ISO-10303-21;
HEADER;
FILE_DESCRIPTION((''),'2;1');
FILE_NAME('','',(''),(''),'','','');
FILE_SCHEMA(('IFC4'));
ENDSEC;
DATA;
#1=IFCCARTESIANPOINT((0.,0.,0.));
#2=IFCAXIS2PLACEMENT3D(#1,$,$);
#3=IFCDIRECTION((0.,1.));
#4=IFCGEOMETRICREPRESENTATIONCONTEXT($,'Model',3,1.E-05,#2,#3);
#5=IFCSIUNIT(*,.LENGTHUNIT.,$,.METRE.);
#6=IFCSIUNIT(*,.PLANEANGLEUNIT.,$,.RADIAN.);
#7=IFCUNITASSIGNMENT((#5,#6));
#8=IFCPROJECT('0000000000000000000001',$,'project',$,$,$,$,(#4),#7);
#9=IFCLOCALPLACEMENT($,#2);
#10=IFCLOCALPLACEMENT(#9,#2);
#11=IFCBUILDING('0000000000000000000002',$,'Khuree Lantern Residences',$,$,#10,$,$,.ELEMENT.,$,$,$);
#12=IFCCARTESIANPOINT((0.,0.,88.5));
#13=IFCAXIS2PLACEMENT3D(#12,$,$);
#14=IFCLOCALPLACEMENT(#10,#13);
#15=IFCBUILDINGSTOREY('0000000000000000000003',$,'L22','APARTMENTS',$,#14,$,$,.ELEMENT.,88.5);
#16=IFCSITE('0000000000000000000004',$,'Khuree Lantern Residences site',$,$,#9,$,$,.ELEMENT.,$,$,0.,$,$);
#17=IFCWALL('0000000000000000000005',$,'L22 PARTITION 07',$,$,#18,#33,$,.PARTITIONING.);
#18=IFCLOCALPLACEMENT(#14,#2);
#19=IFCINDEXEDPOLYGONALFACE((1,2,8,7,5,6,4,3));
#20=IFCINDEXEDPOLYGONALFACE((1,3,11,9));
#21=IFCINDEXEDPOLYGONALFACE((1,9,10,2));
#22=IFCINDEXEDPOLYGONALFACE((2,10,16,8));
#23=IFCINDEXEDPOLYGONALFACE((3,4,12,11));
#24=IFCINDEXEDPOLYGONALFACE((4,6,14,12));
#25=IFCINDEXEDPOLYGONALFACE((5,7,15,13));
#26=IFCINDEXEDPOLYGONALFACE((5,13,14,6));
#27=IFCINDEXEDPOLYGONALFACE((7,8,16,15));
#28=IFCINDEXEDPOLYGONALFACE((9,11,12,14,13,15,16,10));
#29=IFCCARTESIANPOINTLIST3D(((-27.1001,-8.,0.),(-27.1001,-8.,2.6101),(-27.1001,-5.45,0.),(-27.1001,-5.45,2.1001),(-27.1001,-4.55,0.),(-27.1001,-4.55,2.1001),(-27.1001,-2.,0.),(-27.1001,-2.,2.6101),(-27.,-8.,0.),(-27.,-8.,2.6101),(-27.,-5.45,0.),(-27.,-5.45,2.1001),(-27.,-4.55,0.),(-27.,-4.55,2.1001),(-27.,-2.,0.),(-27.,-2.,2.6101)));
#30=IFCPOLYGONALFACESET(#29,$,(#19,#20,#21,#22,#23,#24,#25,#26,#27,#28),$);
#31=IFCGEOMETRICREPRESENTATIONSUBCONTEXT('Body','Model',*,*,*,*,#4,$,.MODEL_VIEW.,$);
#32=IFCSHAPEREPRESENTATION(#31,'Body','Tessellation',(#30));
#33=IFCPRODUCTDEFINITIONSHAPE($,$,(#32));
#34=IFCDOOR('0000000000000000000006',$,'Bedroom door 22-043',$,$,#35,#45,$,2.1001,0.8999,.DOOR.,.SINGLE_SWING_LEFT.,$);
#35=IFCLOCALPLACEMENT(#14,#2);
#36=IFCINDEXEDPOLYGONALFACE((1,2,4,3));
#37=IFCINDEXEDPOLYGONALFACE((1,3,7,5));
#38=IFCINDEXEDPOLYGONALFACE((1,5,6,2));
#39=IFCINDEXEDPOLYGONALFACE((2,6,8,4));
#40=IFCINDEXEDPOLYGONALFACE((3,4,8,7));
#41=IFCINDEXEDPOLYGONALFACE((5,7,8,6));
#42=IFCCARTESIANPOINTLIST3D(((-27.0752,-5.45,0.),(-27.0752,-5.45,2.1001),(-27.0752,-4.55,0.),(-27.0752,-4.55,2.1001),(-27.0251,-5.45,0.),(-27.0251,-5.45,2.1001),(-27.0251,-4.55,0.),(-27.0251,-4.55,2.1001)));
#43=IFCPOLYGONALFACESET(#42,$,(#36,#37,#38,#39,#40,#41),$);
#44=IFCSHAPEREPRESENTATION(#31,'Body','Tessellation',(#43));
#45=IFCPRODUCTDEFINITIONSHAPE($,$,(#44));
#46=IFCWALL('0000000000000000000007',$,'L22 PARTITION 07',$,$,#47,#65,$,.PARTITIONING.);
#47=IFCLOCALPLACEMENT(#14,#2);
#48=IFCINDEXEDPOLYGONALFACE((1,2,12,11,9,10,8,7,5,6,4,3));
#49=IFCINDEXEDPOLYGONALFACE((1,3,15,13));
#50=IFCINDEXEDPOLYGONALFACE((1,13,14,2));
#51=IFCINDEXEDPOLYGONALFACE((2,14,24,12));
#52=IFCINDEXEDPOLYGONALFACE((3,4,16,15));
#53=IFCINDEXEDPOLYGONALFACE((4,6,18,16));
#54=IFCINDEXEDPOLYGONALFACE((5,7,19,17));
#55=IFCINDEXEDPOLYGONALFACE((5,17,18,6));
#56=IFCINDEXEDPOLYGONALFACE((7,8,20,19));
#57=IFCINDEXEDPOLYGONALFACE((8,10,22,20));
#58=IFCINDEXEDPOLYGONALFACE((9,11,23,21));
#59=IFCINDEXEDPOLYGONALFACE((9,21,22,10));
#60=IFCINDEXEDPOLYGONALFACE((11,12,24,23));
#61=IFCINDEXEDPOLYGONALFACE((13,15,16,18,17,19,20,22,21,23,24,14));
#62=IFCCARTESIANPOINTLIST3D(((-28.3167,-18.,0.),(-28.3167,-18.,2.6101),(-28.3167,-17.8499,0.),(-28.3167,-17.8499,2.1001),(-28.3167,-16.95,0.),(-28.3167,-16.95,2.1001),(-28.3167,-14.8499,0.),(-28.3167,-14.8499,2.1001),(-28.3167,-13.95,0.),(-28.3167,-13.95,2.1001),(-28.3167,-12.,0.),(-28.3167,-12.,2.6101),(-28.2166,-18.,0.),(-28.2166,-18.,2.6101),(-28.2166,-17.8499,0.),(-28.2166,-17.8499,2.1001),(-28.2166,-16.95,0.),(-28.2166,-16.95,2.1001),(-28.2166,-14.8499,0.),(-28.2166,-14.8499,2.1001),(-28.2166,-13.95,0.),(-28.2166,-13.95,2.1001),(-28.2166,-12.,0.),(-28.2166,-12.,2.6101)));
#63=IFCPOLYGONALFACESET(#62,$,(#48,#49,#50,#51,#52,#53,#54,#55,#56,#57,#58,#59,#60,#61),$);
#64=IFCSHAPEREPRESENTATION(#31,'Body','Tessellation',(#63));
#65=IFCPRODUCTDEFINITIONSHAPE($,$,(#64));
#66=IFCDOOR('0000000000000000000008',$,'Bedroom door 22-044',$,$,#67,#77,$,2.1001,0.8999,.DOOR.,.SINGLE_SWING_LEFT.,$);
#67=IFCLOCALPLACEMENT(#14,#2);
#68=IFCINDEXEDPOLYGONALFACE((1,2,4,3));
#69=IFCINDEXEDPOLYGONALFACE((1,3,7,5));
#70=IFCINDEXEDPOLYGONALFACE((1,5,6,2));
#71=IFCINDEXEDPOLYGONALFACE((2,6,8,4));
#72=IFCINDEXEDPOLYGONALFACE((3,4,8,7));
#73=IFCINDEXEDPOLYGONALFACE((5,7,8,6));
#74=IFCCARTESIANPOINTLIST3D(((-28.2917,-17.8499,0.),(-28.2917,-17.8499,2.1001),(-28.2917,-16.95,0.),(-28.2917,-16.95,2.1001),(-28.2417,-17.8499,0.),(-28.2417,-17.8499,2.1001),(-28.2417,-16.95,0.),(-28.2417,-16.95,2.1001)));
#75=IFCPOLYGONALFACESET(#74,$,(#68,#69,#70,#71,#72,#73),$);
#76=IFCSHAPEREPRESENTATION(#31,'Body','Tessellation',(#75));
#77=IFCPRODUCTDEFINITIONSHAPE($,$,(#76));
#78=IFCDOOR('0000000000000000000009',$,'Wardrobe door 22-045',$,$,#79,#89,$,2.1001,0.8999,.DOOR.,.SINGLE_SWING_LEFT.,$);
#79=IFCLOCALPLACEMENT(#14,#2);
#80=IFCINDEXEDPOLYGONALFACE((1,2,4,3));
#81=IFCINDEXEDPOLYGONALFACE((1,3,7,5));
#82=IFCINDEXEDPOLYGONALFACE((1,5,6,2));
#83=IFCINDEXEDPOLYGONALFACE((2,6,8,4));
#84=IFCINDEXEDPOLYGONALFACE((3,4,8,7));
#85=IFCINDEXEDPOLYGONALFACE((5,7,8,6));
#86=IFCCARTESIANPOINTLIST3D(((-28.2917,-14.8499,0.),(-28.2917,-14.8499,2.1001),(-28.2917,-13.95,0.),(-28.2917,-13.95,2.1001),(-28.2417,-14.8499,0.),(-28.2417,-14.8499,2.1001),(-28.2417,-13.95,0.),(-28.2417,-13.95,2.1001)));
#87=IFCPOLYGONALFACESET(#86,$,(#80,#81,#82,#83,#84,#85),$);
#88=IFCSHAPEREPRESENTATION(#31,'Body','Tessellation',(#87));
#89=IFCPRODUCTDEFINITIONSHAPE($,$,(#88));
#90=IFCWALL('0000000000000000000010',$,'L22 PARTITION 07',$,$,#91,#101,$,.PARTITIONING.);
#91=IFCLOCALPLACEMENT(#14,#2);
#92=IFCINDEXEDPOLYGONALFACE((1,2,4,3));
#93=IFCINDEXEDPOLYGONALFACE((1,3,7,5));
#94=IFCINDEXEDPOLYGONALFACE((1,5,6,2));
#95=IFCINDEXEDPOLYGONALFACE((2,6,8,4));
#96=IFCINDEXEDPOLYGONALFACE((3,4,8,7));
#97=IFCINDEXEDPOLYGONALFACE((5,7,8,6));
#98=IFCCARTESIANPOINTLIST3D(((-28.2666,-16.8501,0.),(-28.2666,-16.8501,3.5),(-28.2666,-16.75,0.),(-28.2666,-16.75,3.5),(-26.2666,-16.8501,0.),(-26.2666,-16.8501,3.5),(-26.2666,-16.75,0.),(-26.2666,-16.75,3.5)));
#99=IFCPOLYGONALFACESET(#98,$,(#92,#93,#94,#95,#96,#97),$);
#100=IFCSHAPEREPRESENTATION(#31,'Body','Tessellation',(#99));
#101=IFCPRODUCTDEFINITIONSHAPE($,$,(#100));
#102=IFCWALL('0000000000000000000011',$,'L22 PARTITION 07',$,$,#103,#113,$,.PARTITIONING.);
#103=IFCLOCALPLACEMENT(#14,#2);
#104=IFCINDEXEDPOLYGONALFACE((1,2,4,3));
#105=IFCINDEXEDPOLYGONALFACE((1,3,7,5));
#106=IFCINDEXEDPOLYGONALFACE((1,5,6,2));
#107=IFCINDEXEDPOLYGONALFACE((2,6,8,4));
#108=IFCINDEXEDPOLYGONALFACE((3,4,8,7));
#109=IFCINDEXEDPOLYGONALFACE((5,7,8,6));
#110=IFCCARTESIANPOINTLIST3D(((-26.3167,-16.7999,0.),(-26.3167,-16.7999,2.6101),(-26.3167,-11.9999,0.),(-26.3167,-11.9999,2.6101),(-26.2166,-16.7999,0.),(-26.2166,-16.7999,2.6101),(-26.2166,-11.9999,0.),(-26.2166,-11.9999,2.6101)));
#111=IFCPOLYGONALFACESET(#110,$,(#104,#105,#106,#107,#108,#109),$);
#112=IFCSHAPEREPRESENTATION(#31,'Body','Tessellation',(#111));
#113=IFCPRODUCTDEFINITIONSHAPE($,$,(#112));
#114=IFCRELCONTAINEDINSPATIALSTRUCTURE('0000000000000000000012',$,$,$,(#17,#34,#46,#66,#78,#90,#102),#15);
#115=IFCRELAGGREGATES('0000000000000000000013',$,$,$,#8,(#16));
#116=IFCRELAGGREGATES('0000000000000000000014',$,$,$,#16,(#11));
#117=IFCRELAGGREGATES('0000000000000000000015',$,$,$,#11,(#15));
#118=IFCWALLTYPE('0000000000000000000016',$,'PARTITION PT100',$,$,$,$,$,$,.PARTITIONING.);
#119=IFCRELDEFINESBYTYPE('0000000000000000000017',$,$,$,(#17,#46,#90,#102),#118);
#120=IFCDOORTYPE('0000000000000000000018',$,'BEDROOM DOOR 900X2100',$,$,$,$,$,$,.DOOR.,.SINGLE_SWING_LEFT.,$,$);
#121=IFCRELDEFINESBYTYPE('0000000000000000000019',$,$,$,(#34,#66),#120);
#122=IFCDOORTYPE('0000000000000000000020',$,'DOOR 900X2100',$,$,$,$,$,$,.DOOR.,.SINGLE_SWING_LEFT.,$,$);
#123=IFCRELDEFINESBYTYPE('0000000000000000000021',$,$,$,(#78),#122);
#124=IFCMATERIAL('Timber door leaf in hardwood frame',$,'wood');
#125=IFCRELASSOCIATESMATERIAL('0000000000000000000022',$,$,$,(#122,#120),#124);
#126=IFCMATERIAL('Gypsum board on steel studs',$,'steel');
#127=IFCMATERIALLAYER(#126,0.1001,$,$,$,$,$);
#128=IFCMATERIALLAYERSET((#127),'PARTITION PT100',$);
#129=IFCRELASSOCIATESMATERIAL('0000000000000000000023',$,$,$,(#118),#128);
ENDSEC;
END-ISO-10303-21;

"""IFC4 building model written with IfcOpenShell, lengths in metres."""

from ifc_helpers import new_model, si_unit, direction, frame, frame_2d, origin, place, context, subcontext, project, spatial, rectangle, extrude, material, layer, layer_set, type_object, element, fill, save


model = new_model("IFC4")

# Units and contexts
model_context = context("Model", 3, precision=1e-05, world=origin(), true_north=direction((0.0, 1.0)))
body_context = subcontext(model_context, "Body", "Model", "MODEL_VIEW")
ifc_project = project(units=[si_unit("LENGTHUNIT", "METRE"), si_unit("PLANEANGLEUNIT", "RADIAN")], contexts=[model_context])

# Site, building, storey
site_placement = place(None, origin())
site = spatial("IfcSite", under=ifc_project, at=site_placement, Name="Khuree Lantern Residences site", CompositionType="ELEMENT", RefElevation=0.0)
building_placement = place(site_placement, origin())
building = spatial("IfcBuilding", under=site, at=building_placement, Name="Khuree Lantern Residences", CompositionType="ELEMENT")
storey_placement = place(building_placement, frame((0.0, 0.0, 88.5)))
storey = spatial("IfcBuildingStorey", under=building, at=storey_placement, Name="L22", Description="APARTMENTS", CompositionType="ELEMENT", Elevation=88.5)

# Shared definitions
ifc_material_1 = material(Name="Timber door leaf in hardwood frame", Category="wood")
door_type_1 = type_object("IfcDoorType", Name="DOOR 900X2100", OperationType="SINGLE_SWING_LEFT", PredefinedType="DOOR", material=ifc_material_1)

# Shared definitions
ifc_material_2 = material(Name="Gypsum board on steel studs", Category="steel")
ifc_layer_1 = layer(ifc_material_2, 0.1001)
ifc_layer_set_1 = layer_set([ifc_layer_1], Name="PARTITION PT100")
wall_type_1 = type_object("IfcWallType", Name="PARTITION PT100", PredefinedType="PARTITIONING", material=ifc_layer_set_1)

# Wall, opening, door
wall_1_placement = place(storey_placement, frame((-27.05, -2.0, 0.0), z_axis=(0.0, 0.0, 1.0), x_axis=(0.0, -1.0, 0.0)))
wall_1 = element("IfcWall", 1, at=wall_1_placement, inside=storey, type_object=wall_type_1, Name="L22 PARTITION 07", PredefinedType="PARTITIONING", context=body_context, shape_type="SweptSolid", body=[
    extrude(rectangle(XDim=6.0, YDim=0.1001, at=frame_2d((3.0, 0.0))), origin(), (0.0, 0.0, 1.0), 2.6101),
])
opening_1_placement = place(wall_1_placement, frame((2.55, 0.0, 0.0)))
opening_1 = element("IfcOpeningElement", 2, at=opening_1_placement, cuts=wall_1, PredefinedType="OPENING", context=body_context, shape_type="SweptSolid", body=[
    extrude(rectangle(XDim=0.8999, YDim=2.1001, at=frame_2d((0.45, 1.05))), frame((0.0, 0.0601, 0.0), z_axis=(0.0, -1.0, 0.0), x_axis=(1.0, 0.0, 0.0)), (0.0, 0.0, 1.0), 0.1201),
])
door_type_2 = type_object("IfcDoorType", Name="BEDROOM DOOR 900X2100", OperationType="SINGLE_SWING_LEFT", PredefinedType="DOOR", material=ifc_material_1)
door_1_placement = place(opening_1_placement, origin())
door_1 = element("IfcDoor", 3, at=door_1_placement, inside=storey, type_object=door_type_2, Name="Bedroom door 22-043", OperationType="SINGLE_SWING_LEFT", OverallHeight=2.1001, OverallWidth=0.8999, PredefinedType="DOOR", context=body_context, shape_type="SweptSolid", body=[
    extrude(rectangle(XDim=0.8999, YDim=2.1001, at=frame_2d((0.45, 1.05))), frame((0.0, 0.0249, 0.0), z_axis=(0.0, -1.0, 0.0), x_axis=(1.0, 0.0, 0.0)), (0.0, 0.0, 1.0), 0.05),
])
fill(opening_1, door_1)

# Wall, openings, doors
wall_2_placement = place(storey_placement, frame((-28.2666, -12.0, 0.0), z_axis=(0.0, 0.0, 1.0), x_axis=(0.0, -1.0, 0.0)))
wall_2 = element("IfcWall", 4, at=wall_2_placement, inside=storey, type_object=wall_type_1, Name="L22 PARTITION 07", PredefinedType="PARTITIONING", context=body_context, shape_type="SweptSolid", body=[
    extrude(rectangle(XDim=6.0, YDim=0.1001, at=frame_2d((3.0, 0.0))), origin(), (0.0, 0.0, 1.0), 2.6101),
])
opening_2_placement = place(wall_2_placement, frame((4.95, 0.0, 0.0)))
opening_2 = element("IfcOpeningElement", 5, at=opening_2_placement, cuts=wall_2, PredefinedType="OPENING", context=body_context, shape_type="SweptSolid", body=[
    extrude(rectangle(XDim=0.8999, YDim=2.1001, at=frame_2d((0.45, 1.05))), frame((0.0, 0.0601, 0.0), z_axis=(0.0, -1.0, 0.0), x_axis=(1.0, 0.0, 0.0)), (0.0, 0.0, 1.0), 0.1201),
])
opening_3_placement = place(wall_2_placement, frame((1.95, 0.0, 0.0)))
opening_3 = element("IfcOpeningElement", 6, at=opening_3_placement, cuts=wall_2, PredefinedType="OPENING", context=body_context, shape_type="SweptSolid", body=[
    extrude(rectangle(XDim=0.8999, YDim=2.1001, at=frame_2d((0.45, 1.05))), frame((0.0, 0.0601, 0.0), z_axis=(0.0, -1.0, 0.0), x_axis=(1.0, 0.0, 0.0)), (0.0, 0.0, 1.0), 0.1201),
])
door_2_placement = place(opening_2_placement, origin())
door_2 = element("IfcDoor", 7, at=door_2_placement, inside=storey, type_object=door_type_2, Name="Bedroom door 22-044", OperationType="SINGLE_SWING_LEFT", OverallHeight=2.1001, OverallWidth=0.8999, PredefinedType="DOOR", context=body_context, shape_type="SweptSolid", body=[
    extrude(rectangle(XDim=0.8999, YDim=2.1001, at=frame_2d((0.45, 1.05))), frame((0.0, 0.0249, 0.0), z_axis=(0.0, -1.0, 0.0), x_axis=(1.0, 0.0, 0.0)), (0.0, 0.0, 1.0), 0.05),
])
fill(opening_2, door_2)
door_3_placement = place(opening_3_placement, origin())
door_3 = element("IfcDoor", 8, at=door_3_placement, inside=storey, type_object=door_type_1, Name="Wardrobe door 22-045", OperationType="SINGLE_SWING_LEFT", OverallHeight=2.1001, OverallWidth=0.8999, PredefinedType="DOOR", context=body_context, shape_type="SweptSolid", body=[
    extrude(rectangle(XDim=0.8999, YDim=2.1001, at=frame_2d((0.45, 1.05))), frame((0.0, 0.0249, 0.0), z_axis=(0.0, -1.0, 0.0), x_axis=(1.0, 0.0, 0.0)), (0.0, 0.0, 1.0), 0.05),
])
fill(opening_3, door_3)

# Walls
wall_3_placement = place(storey_placement, frame((-26.2666, -16.8, 0.0), z_axis=(0.0, 0.0, 1.0), x_axis=(-1.0, 0.0, 0.0)))
element("IfcWall", 9, at=wall_3_placement, inside=storey, type_object=wall_type_1, Name="L22 PARTITION 07", PredefinedType="PARTITIONING", context=body_context, shape_type="SweptSolid", body=[
    extrude(rectangle(XDim=2.0, YDim=0.1001, at=frame_2d((1.0, 0.0))), origin(), (0.0, 0.0, 1.0), 3.5),
])
wall_4_placement = place(storey_placement, frame((-26.2666, -12.0, 0.0), z_axis=(0.0, 0.0, 1.0), x_axis=(0.0, -1.0, 0.0)))
element("IfcWall", 10, at=wall_4_placement, inside=storey, type_object=wall_type_1, Name="L22 PARTITION 07", PredefinedType="PARTITIONING", context=body_context, shape_type="SweptSolid", body=[
    extrude(rectangle(XDim=4.8, YDim=0.1001, at=frame_2d((2.3999, 0.0))), origin(), (0.0, 0.0, 1.0), 2.6101),
])

save(model, "model.ifc")
